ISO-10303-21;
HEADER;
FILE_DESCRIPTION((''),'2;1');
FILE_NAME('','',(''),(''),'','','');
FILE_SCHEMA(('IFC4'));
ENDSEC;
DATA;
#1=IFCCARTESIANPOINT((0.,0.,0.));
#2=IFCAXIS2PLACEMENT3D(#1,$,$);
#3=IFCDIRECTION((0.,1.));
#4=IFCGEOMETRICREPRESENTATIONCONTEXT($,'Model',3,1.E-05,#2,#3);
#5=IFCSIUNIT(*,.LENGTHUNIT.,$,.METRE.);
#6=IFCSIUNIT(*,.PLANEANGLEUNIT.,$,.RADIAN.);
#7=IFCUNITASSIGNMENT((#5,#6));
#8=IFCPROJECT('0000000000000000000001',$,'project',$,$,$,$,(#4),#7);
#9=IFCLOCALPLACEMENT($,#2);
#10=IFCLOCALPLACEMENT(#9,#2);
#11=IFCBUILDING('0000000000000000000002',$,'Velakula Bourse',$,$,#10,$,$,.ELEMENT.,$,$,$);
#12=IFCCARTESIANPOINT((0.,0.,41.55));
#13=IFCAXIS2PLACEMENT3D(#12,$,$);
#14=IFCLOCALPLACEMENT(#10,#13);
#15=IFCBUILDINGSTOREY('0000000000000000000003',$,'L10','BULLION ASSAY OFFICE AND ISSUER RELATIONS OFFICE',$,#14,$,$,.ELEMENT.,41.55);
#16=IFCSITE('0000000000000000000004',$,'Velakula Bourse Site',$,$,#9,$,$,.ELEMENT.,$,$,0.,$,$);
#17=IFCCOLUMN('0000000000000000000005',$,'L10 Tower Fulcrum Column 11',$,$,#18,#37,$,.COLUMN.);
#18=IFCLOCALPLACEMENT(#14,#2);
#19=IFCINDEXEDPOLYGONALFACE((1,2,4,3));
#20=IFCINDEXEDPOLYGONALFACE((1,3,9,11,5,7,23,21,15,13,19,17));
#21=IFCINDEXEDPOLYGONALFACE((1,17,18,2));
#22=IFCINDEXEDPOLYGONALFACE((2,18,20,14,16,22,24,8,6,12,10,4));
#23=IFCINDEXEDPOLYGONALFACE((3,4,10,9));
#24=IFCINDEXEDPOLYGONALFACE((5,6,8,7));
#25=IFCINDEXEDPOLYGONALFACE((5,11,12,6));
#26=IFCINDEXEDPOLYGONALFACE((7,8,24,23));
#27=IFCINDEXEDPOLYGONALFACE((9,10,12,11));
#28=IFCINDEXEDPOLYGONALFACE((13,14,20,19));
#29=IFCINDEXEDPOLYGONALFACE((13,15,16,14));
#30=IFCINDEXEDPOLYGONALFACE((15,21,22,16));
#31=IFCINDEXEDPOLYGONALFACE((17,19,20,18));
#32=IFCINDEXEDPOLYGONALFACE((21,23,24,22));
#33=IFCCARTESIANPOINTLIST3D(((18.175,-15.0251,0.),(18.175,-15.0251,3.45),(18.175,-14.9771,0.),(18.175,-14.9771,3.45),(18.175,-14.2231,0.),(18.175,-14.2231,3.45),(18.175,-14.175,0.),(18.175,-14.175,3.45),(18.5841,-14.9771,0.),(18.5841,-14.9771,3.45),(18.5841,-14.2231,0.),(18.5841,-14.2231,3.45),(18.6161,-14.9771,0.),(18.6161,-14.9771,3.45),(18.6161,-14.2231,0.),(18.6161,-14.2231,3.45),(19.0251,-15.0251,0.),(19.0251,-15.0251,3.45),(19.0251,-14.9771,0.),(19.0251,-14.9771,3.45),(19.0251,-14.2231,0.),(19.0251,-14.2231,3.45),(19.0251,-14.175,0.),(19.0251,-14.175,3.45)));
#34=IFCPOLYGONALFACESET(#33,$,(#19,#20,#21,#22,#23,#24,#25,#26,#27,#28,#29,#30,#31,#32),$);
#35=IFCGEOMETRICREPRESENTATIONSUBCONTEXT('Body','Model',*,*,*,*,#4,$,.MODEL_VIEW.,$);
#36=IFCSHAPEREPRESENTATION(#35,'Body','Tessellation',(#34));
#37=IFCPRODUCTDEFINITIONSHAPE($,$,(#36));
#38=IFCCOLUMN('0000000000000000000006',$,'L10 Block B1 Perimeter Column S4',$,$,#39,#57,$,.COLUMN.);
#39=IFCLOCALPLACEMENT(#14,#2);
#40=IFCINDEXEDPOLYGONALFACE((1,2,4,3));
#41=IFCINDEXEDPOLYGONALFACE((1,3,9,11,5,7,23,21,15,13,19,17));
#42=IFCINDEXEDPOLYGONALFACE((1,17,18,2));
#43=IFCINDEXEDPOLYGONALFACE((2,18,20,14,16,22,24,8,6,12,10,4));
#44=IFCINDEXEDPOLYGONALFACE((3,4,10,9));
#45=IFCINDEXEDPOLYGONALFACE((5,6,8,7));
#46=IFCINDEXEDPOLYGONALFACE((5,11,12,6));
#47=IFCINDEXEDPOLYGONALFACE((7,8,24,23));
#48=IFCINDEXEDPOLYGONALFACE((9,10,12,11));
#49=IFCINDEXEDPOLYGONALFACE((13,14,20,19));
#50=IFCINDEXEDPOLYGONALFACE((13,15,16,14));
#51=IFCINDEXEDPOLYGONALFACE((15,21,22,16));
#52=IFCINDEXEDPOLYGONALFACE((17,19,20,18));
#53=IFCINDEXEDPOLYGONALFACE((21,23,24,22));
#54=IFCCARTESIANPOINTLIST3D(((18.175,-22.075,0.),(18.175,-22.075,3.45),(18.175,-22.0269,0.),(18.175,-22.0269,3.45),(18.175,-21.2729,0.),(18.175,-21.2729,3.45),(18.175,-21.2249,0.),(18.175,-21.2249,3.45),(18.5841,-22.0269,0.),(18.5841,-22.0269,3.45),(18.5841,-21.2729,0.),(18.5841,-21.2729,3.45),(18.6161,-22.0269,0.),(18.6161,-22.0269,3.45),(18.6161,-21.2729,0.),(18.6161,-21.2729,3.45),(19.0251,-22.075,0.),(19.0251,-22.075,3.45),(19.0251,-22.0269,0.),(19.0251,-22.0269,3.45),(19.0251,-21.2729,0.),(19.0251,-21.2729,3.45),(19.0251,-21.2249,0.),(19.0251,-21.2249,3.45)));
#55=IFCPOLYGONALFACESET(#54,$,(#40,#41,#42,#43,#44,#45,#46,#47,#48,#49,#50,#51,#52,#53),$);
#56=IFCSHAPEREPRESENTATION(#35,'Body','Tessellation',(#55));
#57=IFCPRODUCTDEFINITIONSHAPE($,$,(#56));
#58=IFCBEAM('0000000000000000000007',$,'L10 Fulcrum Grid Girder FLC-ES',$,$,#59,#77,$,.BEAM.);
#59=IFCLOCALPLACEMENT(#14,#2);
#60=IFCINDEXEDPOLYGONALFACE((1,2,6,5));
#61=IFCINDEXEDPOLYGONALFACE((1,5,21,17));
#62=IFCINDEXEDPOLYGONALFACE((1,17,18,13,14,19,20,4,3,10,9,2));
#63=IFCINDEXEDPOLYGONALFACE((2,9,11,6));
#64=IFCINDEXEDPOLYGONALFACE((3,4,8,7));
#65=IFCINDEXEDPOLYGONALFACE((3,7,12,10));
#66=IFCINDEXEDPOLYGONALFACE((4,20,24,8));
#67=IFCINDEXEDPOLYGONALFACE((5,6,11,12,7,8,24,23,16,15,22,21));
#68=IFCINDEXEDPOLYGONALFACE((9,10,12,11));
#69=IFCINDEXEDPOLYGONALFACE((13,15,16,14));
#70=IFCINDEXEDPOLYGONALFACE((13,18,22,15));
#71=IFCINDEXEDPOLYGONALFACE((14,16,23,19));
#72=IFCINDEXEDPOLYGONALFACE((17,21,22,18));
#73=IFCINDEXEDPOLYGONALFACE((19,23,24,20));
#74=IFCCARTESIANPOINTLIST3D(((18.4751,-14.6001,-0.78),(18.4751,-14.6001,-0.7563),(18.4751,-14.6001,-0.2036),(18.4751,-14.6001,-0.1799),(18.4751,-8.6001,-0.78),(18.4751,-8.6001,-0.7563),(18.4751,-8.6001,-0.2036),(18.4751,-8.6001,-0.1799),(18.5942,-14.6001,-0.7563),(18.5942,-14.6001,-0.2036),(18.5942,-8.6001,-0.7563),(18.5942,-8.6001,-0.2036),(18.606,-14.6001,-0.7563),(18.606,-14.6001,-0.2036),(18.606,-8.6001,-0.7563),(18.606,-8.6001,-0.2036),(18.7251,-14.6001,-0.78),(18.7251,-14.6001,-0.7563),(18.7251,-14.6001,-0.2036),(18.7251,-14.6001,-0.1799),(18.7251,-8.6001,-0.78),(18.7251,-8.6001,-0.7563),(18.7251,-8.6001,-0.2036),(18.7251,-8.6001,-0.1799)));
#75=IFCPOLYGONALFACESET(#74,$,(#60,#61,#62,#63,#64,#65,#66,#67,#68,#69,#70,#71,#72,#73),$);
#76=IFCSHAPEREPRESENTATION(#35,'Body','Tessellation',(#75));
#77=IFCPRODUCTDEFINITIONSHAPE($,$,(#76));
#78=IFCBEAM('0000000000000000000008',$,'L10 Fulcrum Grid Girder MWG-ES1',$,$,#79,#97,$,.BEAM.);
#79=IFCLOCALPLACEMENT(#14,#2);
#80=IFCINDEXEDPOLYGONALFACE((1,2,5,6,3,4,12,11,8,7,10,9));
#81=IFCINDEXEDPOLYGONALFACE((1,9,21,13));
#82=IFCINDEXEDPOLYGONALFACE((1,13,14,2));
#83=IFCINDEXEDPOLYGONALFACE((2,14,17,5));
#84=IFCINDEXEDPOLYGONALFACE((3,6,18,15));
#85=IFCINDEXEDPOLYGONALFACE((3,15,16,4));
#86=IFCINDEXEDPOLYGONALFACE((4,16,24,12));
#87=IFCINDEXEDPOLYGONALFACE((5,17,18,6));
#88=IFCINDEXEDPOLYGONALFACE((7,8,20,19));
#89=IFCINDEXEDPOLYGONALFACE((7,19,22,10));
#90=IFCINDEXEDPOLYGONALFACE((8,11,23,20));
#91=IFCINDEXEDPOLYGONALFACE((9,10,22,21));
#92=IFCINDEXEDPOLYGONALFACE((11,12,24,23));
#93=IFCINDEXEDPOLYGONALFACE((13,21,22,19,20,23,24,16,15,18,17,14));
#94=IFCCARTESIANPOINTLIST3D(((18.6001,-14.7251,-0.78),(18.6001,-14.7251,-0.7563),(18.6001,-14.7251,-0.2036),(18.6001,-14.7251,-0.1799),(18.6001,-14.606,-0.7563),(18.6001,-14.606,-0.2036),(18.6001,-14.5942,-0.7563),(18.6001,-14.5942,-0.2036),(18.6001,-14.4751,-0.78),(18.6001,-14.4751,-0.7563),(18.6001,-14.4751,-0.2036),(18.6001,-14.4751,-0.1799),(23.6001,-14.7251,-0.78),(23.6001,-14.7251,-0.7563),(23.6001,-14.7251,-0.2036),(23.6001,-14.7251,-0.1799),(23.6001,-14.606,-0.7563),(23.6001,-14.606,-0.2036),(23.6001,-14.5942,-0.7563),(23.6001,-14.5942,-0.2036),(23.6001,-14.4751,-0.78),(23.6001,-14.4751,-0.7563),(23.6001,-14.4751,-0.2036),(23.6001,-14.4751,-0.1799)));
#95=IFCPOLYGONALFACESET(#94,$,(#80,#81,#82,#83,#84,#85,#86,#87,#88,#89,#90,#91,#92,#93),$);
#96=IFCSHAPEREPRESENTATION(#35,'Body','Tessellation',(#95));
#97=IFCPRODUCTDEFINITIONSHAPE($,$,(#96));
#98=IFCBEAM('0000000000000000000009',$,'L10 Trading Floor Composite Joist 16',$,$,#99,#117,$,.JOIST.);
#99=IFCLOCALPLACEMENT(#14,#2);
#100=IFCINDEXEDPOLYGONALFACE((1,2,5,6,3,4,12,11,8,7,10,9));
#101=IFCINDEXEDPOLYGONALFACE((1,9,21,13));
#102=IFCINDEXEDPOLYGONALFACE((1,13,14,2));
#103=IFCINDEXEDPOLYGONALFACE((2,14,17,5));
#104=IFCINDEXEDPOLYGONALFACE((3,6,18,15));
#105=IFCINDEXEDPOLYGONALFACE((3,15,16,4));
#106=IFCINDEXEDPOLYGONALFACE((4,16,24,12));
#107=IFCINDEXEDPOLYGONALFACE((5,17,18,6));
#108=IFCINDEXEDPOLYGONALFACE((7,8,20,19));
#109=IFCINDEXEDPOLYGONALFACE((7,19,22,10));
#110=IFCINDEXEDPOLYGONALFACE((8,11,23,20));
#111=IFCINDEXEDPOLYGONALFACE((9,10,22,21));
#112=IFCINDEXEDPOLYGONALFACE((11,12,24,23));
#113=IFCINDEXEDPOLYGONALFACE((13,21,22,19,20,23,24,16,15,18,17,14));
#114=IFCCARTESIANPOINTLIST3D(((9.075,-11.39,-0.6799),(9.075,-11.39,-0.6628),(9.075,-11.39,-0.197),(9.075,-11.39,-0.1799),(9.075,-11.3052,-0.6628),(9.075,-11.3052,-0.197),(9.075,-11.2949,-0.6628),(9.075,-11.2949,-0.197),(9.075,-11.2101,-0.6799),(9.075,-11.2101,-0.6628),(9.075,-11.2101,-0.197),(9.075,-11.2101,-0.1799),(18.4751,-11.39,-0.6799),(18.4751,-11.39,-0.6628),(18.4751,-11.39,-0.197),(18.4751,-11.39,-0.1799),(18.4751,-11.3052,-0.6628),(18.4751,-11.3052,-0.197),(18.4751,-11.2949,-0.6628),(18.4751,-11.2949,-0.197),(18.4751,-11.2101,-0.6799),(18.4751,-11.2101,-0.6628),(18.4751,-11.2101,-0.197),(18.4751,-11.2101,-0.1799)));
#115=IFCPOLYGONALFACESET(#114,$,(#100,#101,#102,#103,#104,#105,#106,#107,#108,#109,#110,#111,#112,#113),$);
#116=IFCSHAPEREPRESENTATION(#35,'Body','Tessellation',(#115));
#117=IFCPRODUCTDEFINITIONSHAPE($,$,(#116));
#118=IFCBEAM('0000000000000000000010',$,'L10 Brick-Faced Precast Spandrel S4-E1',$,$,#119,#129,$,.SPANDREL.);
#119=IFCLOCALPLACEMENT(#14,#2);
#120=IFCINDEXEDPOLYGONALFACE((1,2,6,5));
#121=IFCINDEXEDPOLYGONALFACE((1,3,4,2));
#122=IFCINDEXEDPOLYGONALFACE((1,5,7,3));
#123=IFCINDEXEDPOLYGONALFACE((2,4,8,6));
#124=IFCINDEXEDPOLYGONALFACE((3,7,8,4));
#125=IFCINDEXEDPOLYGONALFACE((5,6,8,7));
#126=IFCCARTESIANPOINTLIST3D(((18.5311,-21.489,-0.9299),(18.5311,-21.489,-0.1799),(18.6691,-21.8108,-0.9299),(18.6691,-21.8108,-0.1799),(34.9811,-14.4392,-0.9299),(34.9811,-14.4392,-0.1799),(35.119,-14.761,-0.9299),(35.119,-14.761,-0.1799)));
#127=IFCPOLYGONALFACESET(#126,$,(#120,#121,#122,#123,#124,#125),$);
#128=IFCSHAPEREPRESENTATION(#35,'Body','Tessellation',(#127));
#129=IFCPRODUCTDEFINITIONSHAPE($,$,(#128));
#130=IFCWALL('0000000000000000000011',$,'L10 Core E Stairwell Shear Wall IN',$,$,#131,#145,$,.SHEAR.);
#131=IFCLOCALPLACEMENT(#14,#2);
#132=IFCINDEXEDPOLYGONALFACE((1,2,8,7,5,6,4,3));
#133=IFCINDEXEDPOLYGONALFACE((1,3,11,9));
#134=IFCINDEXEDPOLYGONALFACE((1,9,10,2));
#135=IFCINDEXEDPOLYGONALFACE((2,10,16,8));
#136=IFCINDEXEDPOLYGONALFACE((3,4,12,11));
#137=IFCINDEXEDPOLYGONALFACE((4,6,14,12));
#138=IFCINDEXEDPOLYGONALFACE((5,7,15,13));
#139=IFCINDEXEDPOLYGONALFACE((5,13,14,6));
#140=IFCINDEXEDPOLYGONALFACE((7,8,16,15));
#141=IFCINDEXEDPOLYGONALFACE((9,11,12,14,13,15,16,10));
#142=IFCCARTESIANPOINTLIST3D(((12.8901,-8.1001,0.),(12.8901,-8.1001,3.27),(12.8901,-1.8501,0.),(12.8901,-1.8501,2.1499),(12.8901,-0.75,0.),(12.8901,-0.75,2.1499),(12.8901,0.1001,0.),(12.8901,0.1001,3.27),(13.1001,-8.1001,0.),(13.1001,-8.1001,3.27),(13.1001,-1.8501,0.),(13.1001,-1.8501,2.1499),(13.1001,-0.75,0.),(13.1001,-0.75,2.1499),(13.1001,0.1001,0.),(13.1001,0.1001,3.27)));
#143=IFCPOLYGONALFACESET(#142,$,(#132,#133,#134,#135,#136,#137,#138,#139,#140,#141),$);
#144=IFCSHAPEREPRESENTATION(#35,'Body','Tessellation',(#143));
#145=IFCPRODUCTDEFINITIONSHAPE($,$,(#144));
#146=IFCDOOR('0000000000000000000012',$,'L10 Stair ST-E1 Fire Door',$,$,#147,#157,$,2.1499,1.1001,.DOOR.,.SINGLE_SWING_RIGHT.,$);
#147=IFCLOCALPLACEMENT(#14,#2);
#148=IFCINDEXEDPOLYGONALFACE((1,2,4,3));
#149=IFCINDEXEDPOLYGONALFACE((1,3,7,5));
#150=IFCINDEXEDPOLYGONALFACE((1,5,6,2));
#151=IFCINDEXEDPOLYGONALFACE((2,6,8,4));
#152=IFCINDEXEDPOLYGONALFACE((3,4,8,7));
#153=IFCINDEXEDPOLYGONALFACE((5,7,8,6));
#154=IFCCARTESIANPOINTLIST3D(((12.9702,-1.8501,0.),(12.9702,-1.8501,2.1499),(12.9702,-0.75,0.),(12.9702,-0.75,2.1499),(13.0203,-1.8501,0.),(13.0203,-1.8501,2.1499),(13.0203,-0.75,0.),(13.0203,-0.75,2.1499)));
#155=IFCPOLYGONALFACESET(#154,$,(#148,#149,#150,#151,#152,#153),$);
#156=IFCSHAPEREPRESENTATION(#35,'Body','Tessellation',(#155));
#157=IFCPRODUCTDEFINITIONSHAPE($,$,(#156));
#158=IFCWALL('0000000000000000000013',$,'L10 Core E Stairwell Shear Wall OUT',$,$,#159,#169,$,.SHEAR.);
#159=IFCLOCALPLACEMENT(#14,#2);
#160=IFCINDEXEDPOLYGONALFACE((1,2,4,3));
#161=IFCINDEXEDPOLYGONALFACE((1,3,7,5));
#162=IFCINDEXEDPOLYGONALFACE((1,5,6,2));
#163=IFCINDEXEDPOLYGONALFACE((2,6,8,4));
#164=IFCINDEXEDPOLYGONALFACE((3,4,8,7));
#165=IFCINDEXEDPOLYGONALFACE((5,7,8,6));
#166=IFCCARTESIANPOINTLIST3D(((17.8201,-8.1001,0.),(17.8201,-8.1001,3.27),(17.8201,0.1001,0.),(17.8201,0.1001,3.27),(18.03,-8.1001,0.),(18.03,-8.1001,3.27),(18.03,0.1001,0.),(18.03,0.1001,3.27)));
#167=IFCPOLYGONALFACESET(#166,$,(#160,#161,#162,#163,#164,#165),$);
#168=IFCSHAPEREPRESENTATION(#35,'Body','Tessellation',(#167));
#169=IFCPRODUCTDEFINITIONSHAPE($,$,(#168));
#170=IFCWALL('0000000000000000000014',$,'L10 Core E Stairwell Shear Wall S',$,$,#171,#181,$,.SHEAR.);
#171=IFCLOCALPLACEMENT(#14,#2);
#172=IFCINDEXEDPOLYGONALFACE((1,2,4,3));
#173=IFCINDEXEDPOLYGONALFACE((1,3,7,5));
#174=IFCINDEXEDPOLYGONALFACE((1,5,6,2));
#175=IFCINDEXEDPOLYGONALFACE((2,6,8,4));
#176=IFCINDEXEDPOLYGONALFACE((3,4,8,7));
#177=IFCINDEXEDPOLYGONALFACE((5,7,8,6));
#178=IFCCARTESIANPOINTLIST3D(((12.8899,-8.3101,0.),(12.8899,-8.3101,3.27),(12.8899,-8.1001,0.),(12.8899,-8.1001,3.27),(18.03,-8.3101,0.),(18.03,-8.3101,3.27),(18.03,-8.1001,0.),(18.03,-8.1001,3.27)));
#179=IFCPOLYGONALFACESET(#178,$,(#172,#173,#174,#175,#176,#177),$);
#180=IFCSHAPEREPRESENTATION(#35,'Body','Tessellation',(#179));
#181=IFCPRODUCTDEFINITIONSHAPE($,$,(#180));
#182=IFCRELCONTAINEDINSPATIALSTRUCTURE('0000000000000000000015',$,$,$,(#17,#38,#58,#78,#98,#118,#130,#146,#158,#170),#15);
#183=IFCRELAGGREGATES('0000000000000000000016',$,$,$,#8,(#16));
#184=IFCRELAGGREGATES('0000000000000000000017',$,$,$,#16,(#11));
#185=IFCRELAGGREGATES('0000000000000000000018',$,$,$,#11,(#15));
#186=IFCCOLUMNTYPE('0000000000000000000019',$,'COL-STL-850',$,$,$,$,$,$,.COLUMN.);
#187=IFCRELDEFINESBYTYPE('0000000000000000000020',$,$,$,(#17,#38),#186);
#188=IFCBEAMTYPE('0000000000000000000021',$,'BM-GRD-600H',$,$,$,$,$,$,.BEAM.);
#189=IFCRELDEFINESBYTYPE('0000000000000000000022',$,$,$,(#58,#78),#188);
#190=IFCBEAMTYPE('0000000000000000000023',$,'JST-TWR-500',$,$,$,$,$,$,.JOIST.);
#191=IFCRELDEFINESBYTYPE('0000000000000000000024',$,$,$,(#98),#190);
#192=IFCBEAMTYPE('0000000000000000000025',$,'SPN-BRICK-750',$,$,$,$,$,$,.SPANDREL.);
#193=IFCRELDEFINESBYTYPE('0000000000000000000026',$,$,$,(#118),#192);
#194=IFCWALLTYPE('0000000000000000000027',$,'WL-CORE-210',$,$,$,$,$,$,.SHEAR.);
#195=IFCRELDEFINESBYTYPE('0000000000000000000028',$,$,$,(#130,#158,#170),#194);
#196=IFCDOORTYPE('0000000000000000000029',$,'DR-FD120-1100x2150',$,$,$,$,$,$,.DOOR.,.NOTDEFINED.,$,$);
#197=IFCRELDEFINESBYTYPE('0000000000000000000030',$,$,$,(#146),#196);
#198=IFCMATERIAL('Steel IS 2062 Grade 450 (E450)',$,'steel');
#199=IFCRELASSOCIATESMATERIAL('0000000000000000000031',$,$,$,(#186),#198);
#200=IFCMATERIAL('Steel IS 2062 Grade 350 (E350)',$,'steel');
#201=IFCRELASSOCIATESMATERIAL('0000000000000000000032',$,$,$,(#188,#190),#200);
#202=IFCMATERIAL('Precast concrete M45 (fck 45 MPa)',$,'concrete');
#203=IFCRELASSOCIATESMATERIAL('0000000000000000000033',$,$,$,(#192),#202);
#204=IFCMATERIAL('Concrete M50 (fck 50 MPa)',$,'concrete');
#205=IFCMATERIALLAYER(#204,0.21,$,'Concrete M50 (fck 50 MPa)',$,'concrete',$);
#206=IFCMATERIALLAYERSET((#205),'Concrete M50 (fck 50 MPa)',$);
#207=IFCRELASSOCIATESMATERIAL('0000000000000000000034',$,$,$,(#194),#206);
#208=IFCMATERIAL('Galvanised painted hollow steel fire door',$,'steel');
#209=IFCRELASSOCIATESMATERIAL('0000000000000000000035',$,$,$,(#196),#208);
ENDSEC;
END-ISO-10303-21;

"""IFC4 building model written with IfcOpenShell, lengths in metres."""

from ifc_helpers import new_model, si_unit, direction, frame, frame_2d, origin, origin_2d, place, context, subcontext, project, spatial, rectangle, i_section, extrude, material, layer, layer_set, material_profile, profile_set, type_object, element, fill, save


model = new_model("IFC4")

# Units and contexts
model_context = context("Model", 3, precision=1e-05, world=origin(), true_north=direction((0.0, 1.0)))
body_context = subcontext(model_context, "Body", "Model", "MODEL_VIEW")
ifc_project = project(units=[si_unit("LENGTHUNIT", "METRE"), si_unit("PLANEANGLEUNIT", "RADIAN")], contexts=[model_context])

# Site, building, storey
site_placement = place(None, origin())
site = spatial("IfcSite", under=ifc_project, at=site_placement, Name="Velakula Bourse Site", CompositionType="ELEMENT", RefElevation=0.0)
building_placement = place(site_placement, origin())
building = spatial("IfcBuilding", under=site, at=building_placement, Name="Velakula Bourse", CompositionType="ELEMENT")
storey_placement = place(building_placement, frame((0.0, 0.0, 41.55)))
storey = spatial("IfcBuildingStorey", under=building, at=storey_placement, Name="L10", Description="BULLION ASSAY OFFICE AND ISSUER RELATIONS OFFICE", CompositionType="ELEMENT", Elevation=41.55)

# Columns
ifc_material_1 = material(Name="Steel IS 2062 Grade 450 (E450)", Category="steel")
ifc_material_profile_1 = material_profile(ifc_material_1, i_section(OverallWidth=0.8501, OverallDepth=0.8501, WebThickness=0.032, FlangeThickness=0.0481, at=origin_2d()), Name="Steel IS 2062 Grade 450 (E450)")
ifc_profile_set_1 = profile_set([ifc_material_profile_1], Name="Steel IS 2062 Grade 450 (E450)")
column_type = type_object("IfcColumnType", Name="COL-STL-850", PredefinedType="COLUMN", material=ifc_profile_set_1)
for number, where, z_axis, x_axis, name in (
    (1, (18.6001, -14.6001, 0.0), (0.0, 0.0, 1.0), (1.0, 0.0, 0.0), "L10 Tower Fulcrum Column 11"),
    (2, (18.6001, -21.6499, 0.0), (0.0, 0.0, 1.0), (1.0, 0.0, 0.0), "L10 Block B1 Perimeter Column S4"),
):
    element("IfcColumn", number, at=place(storey_placement, frame(where, z_axis=z_axis, x_axis=x_axis)), inside=storey, type_object=column_type, Name=name, PredefinedType="COLUMN", context=body_context, shape_type="SweptSolid", body=[
        extrude(i_section(OverallWidth=0.8501, OverallDepth=0.8501, WebThickness=0.032, FlangeThickness=0.0481, at=origin_2d()), origin(), (0.0, 0.0, 1.0), 3.45),
    ])

# Beams
ifc_material_2 = material(Name="Steel IS 2062 Grade 350 (E350)", Category="steel")
ifc_material_profile_2 = material_profile(ifc_material_2, i_section(OverallWidth=0.25, OverallDepth=0.6001, WebThickness=0.0117, FlangeThickness=0.0237, at=origin_2d()), Name="Steel IS 2062 Grade 350 (E350)")
ifc_profile_set_2 = profile_set([ifc_material_profile_2], Name="Steel IS 2062 Grade 350 (E350)")
beam_type_1 = type_object("IfcBeamType", Name="BM-GRD-600H", PredefinedType="BEAM", material=ifc_profile_set_2)
beam_1_placement = place(storey_placement, frame((18.6001, -14.6001, -0.48), z_axis=(0.0, 1.0, 0.0), x_axis=(-1.0, 0.0, 0.0)))
element("IfcBeam", 3, at=beam_1_placement, inside=storey, type_object=beam_type_1, Name="L10 Fulcrum Grid Girder FLC-ES", PredefinedType="BEAM", context=body_context, shape_type="SweptSolid", body=[
    extrude(i_section(OverallWidth=0.25, OverallDepth=0.6001, WebThickness=0.0117, FlangeThickness=0.0237, at=origin_2d()), origin(), (0.0, 0.0, 1.0), 6.0),
])
beam_2_placement = place(storey_placement, frame((18.6001, -14.6001, -0.48), z_axis=(1.0, 0.0, 0.0), x_axis=(0.0, 1.0, 0.0)))
element("IfcBeam", 4, at=beam_2_placement, inside=storey, type_object=beam_type_1, Name="L10 Fulcrum Grid Girder MWG-ES1", PredefinedType="BEAM", context=body_context, shape_type="SweptSolid", body=[
    extrude(i_section(OverallWidth=0.25, OverallDepth=0.6001, WebThickness=0.0117, FlangeThickness=0.0237, at=origin_2d()), origin(), (0.0, 0.0, 1.0), 5.0),
])
ifc_material_profile_3 = material_profile(ifc_material_2, i_section(OverallWidth=0.1799, OverallDepth=0.5, WebThickness=0.0103, FlangeThickness=0.0171, at=origin_2d()), Name="Steel IS 2062 Grade 350 (E350)")
ifc_profile_set_3 = profile_set([ifc_material_profile_3], Name="Steel IS 2062 Grade 350 (E350)")
beam_type_2 = type_object("IfcBeamType", Name="JST-TWR-500", PredefinedType="JOIST", material=ifc_profile_set_3)
beam_3_placement = place(storey_placement, frame((9.075, -11.3, -0.4299), z_axis=(1.0, 0.0, 0.0), x_axis=(0.0, 1.0, 0.0)))
element("IfcBeam", 5, at=beam_3_placement, inside=storey, type_object=beam_type_2, Name="L10 Trading Floor Composite Joist 16", PredefinedType="JOIST", context=body_context, shape_type="SweptSolid", body=[
    extrude(i_section(OverallWidth=0.1799, OverallDepth=0.5, WebThickness=0.0103, FlangeThickness=0.0171, at=origin_2d()), origin(), (0.0, 0.0, 1.0), 9.4001),
])
ifc_material_3 = material(Name="Precast concrete M45 (fck 45 MPa)", Category="concrete")
ifc_material_profile_4 = material_profile(ifc_material_3, rectangle(XDim=0.3501, YDim=0.75, at=origin_2d()), Name="Precast concrete M45 (fck 45 MPa)")
ifc_profile_set_4 = profile_set([ifc_material_profile_4], Name="Precast concrete M45 (fck 45 MPa)")
beam_type_3 = type_object("IfcBeamType", Name="SPN-BRICK-750", PredefinedType="SPANDREL", material=ifc_profile_set_4)
beam_4_placement = place(storey_placement, frame((18.6001, -21.6499, -0.5549), z_axis=(0.919149, 0.393911, 0.0), x_axis=(-0.393911, 0.919149, 0.0)))
element("IfcBeam", 6, at=beam_4_placement, inside=storey, type_object=beam_type_3, Name="L10 Brick-Faced Precast Spandrel S4-E1", PredefinedType="SPANDREL", context=body_context, shape_type="SweptSolid", body=[
    extrude(rectangle(XDim=0.3501, YDim=0.75, at=origin_2d()), origin(), (0.0, 0.0, 1.0), 17.897),
])

# Wall, opening, door
ifc_material_4 = material(Name="Concrete M50 (fck 50 MPa)", Category="concrete")
ifc_layer_1 = layer(ifc_material_4, 0.21, Name="Concrete M50 (fck 50 MPa)", Category="concrete")
ifc_layer_set_1 = layer_set([ifc_layer_1], Name="Concrete M50 (fck 50 MPa)")
wall_type_1 = type_object("IfcWallType", Name="WL-CORE-210", PredefinedType="SHEAR", material=ifc_layer_set_1)
wall_1_placement = place(storey_placement, frame((12.9951, -8.1001, 0.0), z_axis=(0.0, 0.0, 1.0), x_axis=(0.0, 1.0, 0.0)))
wall_1 = element("IfcWall", 7, at=wall_1_placement, inside=storey, type_object=wall_type_1, Name="L10 Core E Stairwell Shear Wall IN", PredefinedType="SHEAR", context=body_context, shape_type="SweptSolid", body=[
    extrude(rectangle(XDim=8.2002, YDim=0.21, at=frame_2d((4.1001, 0.0))), origin(), (0.0, 0.0, 1.0), 3.27),
])
opening_1_placement = place(wall_1_placement, frame((6.25, 0.0, 0.0)))
opening_1 = element("IfcOpeningElement", 8, at=opening_1_placement, cuts=wall_1, PredefinedType="OPENING", context=body_context, shape_type="SweptSolid", body=[
    extrude(rectangle(XDim=1.1001, YDim=2.1499, at=frame_2d((0.55, 1.075))), frame((0.0, 0.115, 0.0), z_axis=(0.0, -1.0, 0.0), x_axis=(1.0, 0.0, 0.0)), (0.0, 0.0, 1.0), 0.23),
])
ifc_material_5 = material(Name="Galvanised painted hollow steel fire door", Category="steel")
door_type_1 = type_object("IfcDoorType", Name="DR-FD120-1100x2150", OperationType="NOTDEFINED", PredefinedType="DOOR", material=ifc_material_5)
door_1_placement = place(opening_1_placement, origin())
door_1 = element("IfcDoor", 9, at=door_1_placement, inside=storey, type_object=door_type_1, Name="L10 Stair ST-E1 Fire Door", OperationType="SINGLE_SWING_RIGHT", OverallHeight=2.1499, OverallWidth=1.1001, PredefinedType="DOOR", context=body_context, shape_type="SweptSolid", body=[
    extrude(rectangle(XDim=1.1001, YDim=2.1499, at=frame_2d((0.55, 1.075))), frame((0.0, 0.0249, 0.0), z_axis=(0.0, -1.0, 0.0), x_axis=(1.0, 0.0, 0.0)), (0.0, 0.0, 1.0), 0.05),
])
fill(opening_1, door_1)

# Walls
wall_2_placement = place(storey_placement, frame((17.925, -8.1001, 0.0), z_axis=(0.0, 0.0, 1.0), x_axis=(0.0, 1.0, 0.0)))
element("IfcWall", 10, at=wall_2_placement, inside=storey, type_object=wall_type_1, Name="L10 Core E Stairwell Shear Wall OUT", PredefinedType="SHEAR", context=body_context, shape_type="SweptSolid", body=[
    extrude(rectangle(XDim=8.2002, YDim=0.21, at=frame_2d((4.1001, 0.0))), origin(), (0.0, 0.0, 1.0), 3.27),
])
wall_3_placement = place(storey_placement, frame((12.8899, -8.2051, 0.0), z_axis=(0.0, 0.0, 1.0), x_axis=(1.0, 0.0, 0.0)))
element("IfcWall", 11, at=wall_3_placement, inside=storey, type_object=wall_type_1, Name="L10 Core E Stairwell Shear Wall S", PredefinedType="SHEAR", context=body_context, shape_type="SweptSolid", body=[
    extrude(rectangle(XDim=5.1401, YDim=0.21, at=frame_2d((2.5701, 0.0))), origin(), (0.0, 0.0, 1.0), 3.27),
])

save(model, "model.ifc")
